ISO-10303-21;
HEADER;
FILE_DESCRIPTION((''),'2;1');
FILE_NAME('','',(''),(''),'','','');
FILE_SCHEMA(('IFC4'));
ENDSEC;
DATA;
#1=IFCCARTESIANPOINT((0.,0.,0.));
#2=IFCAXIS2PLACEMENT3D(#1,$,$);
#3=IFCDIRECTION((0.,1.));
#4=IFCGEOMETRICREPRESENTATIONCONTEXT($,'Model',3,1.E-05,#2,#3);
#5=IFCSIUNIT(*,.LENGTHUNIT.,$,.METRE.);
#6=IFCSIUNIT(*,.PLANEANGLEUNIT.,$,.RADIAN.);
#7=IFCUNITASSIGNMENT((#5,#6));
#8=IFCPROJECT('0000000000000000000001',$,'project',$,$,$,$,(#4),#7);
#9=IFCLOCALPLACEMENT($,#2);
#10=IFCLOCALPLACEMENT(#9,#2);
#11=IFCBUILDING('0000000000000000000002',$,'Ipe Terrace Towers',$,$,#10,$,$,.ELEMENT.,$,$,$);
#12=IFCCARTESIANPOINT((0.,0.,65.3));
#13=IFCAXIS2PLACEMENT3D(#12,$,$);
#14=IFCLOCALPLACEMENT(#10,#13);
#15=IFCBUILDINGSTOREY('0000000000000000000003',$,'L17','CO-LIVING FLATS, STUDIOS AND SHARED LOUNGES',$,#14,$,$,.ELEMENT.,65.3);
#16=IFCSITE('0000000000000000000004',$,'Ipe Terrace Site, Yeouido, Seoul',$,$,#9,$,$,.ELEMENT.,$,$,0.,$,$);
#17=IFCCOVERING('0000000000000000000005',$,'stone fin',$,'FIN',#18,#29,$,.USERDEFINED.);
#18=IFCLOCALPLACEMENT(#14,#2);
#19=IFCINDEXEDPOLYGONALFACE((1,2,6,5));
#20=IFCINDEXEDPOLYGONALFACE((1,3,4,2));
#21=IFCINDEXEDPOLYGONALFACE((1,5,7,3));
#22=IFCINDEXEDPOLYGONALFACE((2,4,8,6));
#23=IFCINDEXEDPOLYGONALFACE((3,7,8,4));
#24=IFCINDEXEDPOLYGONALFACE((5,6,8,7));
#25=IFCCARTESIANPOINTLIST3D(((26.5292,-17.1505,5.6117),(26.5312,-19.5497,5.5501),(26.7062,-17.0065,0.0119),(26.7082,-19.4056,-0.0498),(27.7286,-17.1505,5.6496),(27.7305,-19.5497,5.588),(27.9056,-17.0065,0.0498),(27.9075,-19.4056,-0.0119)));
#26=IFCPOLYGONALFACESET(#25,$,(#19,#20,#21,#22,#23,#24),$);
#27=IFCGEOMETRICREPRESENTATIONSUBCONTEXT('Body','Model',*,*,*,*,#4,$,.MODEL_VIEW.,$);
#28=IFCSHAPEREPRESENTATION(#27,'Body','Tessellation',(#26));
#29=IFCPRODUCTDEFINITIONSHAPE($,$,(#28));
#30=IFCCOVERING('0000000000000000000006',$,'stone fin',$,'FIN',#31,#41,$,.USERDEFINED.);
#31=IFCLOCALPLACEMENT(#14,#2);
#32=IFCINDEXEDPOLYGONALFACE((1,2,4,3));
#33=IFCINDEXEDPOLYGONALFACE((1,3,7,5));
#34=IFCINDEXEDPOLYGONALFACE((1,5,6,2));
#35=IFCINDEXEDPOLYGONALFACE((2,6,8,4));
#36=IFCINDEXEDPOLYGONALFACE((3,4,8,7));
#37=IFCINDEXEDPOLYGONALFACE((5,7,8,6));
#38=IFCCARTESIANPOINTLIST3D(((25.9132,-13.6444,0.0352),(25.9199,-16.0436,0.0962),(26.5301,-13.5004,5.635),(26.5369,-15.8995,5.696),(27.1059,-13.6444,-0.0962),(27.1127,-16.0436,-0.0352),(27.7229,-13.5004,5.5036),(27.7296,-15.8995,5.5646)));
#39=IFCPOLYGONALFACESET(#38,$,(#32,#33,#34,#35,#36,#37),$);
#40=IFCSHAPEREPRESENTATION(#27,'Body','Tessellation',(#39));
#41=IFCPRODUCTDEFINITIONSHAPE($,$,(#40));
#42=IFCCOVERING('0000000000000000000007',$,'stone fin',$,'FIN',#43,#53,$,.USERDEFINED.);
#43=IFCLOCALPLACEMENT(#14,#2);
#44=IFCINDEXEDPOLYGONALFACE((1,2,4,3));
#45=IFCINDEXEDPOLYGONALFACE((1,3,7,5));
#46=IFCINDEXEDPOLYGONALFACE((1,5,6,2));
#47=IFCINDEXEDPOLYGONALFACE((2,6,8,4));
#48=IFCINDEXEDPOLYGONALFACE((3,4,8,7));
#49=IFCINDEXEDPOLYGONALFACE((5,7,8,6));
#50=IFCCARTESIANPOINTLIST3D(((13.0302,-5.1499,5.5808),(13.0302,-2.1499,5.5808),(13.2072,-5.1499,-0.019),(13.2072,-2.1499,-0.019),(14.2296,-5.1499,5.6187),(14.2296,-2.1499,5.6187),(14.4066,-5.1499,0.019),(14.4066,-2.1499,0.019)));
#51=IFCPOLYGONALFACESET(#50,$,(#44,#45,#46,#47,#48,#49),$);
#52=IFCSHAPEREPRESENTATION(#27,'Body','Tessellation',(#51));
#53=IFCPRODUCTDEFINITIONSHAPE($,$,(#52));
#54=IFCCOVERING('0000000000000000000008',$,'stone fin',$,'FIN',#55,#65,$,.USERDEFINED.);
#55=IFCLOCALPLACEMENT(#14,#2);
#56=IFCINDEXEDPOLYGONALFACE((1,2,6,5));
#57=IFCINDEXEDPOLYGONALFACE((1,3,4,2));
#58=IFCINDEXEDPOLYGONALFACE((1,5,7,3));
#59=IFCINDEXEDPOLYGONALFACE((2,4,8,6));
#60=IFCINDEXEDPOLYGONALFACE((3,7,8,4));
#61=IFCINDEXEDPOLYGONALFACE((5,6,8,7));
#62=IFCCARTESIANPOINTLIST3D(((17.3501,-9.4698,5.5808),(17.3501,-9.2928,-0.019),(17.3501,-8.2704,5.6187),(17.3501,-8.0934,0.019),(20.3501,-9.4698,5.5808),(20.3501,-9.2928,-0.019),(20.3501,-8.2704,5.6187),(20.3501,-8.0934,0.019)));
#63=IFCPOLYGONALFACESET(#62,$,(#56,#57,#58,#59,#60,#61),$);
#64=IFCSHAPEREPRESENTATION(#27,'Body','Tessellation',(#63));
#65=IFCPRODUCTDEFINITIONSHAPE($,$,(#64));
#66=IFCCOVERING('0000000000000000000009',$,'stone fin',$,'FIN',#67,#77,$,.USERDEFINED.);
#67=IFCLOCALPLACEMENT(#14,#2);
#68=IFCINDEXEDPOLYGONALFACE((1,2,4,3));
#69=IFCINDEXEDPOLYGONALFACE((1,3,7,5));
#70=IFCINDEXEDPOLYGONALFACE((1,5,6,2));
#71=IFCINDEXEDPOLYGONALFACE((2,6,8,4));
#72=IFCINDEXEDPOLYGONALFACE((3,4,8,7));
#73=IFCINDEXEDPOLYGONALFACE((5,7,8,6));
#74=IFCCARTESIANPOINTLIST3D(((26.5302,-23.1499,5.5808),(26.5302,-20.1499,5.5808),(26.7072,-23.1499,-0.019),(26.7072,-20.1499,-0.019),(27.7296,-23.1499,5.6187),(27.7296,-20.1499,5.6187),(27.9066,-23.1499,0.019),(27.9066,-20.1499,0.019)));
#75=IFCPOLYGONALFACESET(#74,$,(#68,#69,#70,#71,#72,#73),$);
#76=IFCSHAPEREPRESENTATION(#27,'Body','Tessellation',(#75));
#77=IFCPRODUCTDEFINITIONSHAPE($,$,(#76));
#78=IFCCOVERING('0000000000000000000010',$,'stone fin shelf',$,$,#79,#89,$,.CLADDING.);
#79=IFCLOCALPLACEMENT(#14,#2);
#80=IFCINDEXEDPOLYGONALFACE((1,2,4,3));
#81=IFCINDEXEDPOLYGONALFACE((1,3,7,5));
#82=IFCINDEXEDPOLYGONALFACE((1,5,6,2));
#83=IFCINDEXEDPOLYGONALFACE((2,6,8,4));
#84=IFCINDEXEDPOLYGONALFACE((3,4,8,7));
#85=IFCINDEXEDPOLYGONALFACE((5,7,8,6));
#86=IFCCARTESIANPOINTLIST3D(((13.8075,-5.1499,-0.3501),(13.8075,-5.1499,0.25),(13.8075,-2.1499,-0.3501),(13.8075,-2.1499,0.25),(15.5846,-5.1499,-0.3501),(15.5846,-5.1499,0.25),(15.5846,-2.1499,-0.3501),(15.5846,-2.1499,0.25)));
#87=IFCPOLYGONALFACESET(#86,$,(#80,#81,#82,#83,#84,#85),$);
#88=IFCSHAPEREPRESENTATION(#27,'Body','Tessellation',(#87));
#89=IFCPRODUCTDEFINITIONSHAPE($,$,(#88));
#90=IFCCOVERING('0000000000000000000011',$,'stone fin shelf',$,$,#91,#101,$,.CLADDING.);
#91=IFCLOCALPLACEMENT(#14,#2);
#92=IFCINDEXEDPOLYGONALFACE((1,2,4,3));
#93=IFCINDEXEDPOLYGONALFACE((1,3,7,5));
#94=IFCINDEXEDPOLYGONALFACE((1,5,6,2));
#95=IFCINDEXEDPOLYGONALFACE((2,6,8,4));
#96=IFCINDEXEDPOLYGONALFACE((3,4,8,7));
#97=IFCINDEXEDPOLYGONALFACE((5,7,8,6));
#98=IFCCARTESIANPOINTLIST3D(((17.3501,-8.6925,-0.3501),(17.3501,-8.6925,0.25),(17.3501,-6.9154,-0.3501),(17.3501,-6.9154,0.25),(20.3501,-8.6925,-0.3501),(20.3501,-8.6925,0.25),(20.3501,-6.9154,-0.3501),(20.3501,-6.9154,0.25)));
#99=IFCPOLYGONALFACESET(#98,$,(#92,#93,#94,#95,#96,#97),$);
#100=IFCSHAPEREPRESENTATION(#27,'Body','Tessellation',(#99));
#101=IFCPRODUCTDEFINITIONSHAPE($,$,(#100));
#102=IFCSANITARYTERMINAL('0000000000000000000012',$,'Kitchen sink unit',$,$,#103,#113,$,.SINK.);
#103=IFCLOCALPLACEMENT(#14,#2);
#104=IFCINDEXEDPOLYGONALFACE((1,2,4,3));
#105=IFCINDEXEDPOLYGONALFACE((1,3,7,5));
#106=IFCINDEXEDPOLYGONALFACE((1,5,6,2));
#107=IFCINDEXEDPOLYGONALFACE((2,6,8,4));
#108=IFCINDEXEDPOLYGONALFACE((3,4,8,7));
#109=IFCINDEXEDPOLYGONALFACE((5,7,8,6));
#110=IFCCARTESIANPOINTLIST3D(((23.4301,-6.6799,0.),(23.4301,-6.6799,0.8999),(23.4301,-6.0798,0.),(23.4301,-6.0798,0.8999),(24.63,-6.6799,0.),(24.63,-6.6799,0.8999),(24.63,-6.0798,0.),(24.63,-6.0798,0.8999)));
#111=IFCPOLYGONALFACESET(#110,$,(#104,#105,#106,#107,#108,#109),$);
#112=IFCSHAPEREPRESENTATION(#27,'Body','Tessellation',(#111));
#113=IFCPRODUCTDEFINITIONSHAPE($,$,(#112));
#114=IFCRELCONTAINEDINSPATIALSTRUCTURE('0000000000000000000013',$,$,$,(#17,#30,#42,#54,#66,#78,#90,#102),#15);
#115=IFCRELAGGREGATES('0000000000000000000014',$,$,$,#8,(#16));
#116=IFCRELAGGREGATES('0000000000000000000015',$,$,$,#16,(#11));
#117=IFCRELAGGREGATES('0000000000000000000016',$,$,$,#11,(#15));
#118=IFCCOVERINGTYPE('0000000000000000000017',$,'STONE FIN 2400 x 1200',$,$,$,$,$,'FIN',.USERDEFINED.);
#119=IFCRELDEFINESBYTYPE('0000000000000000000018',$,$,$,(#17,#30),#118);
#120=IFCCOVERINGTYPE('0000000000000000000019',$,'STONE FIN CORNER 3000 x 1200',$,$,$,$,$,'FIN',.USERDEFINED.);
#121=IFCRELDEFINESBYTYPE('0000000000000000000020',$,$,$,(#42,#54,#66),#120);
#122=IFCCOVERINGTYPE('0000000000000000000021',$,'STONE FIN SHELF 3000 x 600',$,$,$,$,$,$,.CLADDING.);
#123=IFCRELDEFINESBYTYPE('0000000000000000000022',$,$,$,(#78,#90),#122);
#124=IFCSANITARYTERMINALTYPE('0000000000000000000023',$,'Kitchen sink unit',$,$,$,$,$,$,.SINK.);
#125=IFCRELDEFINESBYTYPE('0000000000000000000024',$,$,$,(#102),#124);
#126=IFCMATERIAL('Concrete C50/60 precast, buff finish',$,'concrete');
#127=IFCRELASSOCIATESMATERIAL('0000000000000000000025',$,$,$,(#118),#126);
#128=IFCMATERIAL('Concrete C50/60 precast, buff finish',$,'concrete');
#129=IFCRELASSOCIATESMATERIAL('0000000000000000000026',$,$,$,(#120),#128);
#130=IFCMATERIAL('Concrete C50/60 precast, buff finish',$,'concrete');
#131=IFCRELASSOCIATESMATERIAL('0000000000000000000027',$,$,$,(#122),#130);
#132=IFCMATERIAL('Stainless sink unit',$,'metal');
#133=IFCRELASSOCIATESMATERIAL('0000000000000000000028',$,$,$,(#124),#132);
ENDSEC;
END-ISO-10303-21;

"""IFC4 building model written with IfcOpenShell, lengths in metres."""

from ifc_helpers import new_model, si_unit, direction, frame, origin, origin_2d, place, context, subcontext, project, spatial, rectangle, extrude, material, material_profile, profile_set, type_object, element, save


model = new_model("IFC4")

# Units and contexts
model_context = context("Model", 3, precision=1e-05, world=origin(), true_north=direction((0.0, 1.0)))
body_context = subcontext(model_context, "Body", "Model", "MODEL_VIEW")
ifc_project = project(units=[si_unit("LENGTHUNIT", "METRE"), si_unit("PLANEANGLEUNIT", "RADIAN")], contexts=[model_context])

# Site, building, storey
site_placement = place(None, origin())
site = spatial("IfcSite", under=ifc_project, at=site_placement, Name="Ipe Terrace Site, Yeouido, Seoul", CompositionType="ELEMENT", RefElevation=0.0)
building_placement = place(site_placement, origin())
building = spatial("IfcBuilding", under=site, at=building_placement, Name="Ipe Terrace Towers", CompositionType="ELEMENT")
storey_placement = place(building_placement, frame((0.0, 0.0, 65.3)))
storey = spatial("IfcBuildingStorey", under=building, at=storey_placement, Name="L17", Description="CO-LIVING FLATS, STUDIOS AND SHARED LOUNGES", CompositionType="ELEMENT", Elevation=65.3)

# Coverings
ifc_material_1 = material(Name="Concrete C50/60 precast, buff finish", Category="concrete")
ifc_material_profile_1 = material_profile(ifc_material_1, rectangle(XDim=2.3999, YDim=1.2, at=origin_2d()), Name="STONE FIN 2400 x 1200")
ifc_profile_set_1 = profile_set([ifc_material_profile_1], Name="Concrete C50/60 precast, buff finish")
covering_type_1 = type_object("IfcCoveringType", Name="STONE FIN 2400 x 1200", ElementType="FIN", PredefinedType="USERDEFINED", material=ifc_profile_set_1)
covering_1_placement = place(storey_placement, frame((27.3069, -18.2061, 0.0), z_axis=(-0.031582, -0.025701, 0.999171), x_axis=(0.000812, -0.99967, -0.025688)))
element("IfcCovering", 1, at=covering_1_placement, inside=storey, type_object=covering_type_1, Name="stone fin", ObjectType="FIN", PredefinedType="USERDEFINED", context=body_context, shape_type="SweptSolid", body=[
    extrude(rectangle(XDim=2.3999, YDim=1.2, at=origin_2d()), origin(), (0.0, 0.0, 1.0), 5.6045),
])
covering_2_placement = place(storey_placement, frame((26.5129, -14.844, 0.0), z_axis=(0.109473, 0.02556, 0.993661), x_axis=(0.002799, -0.999673, 0.025406)))
element("IfcCovering", 2, at=covering_2_placement, inside=storey, type_object=covering_type_1, Name="stone fin", ObjectType="FIN", PredefinedType="USERDEFINED", context=body_context, shape_type="SweptSolid", body=[
    extrude(rectangle(XDim=2.3999, YDim=1.2, at=origin_2d()), origin(), (0.0, 0.0, 1.0), 5.6355),
])
ifc_material_2 = material(Name="Concrete C50/60 precast, buff finish", Category="concrete")
ifc_material_profile_2 = material_profile(ifc_material_2, rectangle(XDim=3.0, YDim=1.2, at=origin_2d()), Name="STONE FIN CORNER 3000 x 1200")
ifc_profile_set_2 = profile_set([ifc_material_profile_2], Name="Concrete C50/60 precast, buff finish")
covering_type_2 = type_object("IfcCoveringType", Name="STONE FIN CORNER 3000 x 1200", ElementType="FIN", PredefinedType="USERDEFINED", material=ifc_profile_set_2)
for number, where, z_axis, x_axis, name in (
    (3, (13.8069, -3.6499, 0.0), (-0.031593, 0.0, 0.999501), (0.0, -1.0, 0.0), "stone fin"),
    (4, (18.8501, -8.6931, 0.0), (0.0, -0.031593, 0.999501), (1.0, 0.0, 0.0), "stone fin"),
    (5, (27.3069, -21.6499, 0.0), (-0.031593, 0.0, 0.999501), (0.0, -1.0, 0.0), "stone fin"),
):
    element("IfcCovering", number, at=place(storey_placement, frame(where, z_axis=z_axis, x_axis=x_axis)), inside=storey, type_object=covering_type_2, Name=name, ObjectType="FIN", PredefinedType="USERDEFINED", context=body_context, shape_type="SweptSolid", body=[
        extrude(rectangle(XDim=3.0, YDim=1.2, at=origin_2d()), origin(), (0.0, 0.0, 1.0), 5.6025),
    ])
ifc_material_3 = material(Name="Concrete C50/60 precast, buff finish", Category="concrete")
covering_type_3 = type_object("IfcCoveringType", Name="STONE FIN SHELF 3000 x 600", PredefinedType="CLADDING", material=ifc_material_3)
for number, where, z_axis, x_axis, name in (
    (6, (14.696, -3.6499, -0.3501), (0.0, 0.0, 1.0), (0.0, -1.0, 0.0), "stone fin shelf"),
    (7, (18.8501, -7.804, -0.3501), (0.0, 0.0, 1.0), (1.0, 0.0, 0.0), "stone fin shelf"),
):
    element("IfcCovering", number, at=place(storey_placement, frame(where, z_axis=z_axis, x_axis=x_axis)), inside=storey, type_object=covering_type_3, Name=name, PredefinedType="CLADDING", context=body_context, shape_type="SweptSolid", body=[
        extrude(rectangle(XDim=3.0, YDim=1.7771, at=origin_2d()), origin(), (0.0, 0.0, 1.0), 0.6001),
    ])

# Sanitary terminal
ifc_material_4 = material(Name="Stainless sink unit", Category="metal")
sanitary_terminal_type = type_object("IfcSanitaryTerminalType", Name="Kitchen sink unit", PredefinedType="SINK", material=ifc_material_4)
sanitary_terminal_placement = place(storey_placement, frame((24.03, -6.3799, 0.0), z_axis=(0.0, 0.0, 1.0), x_axis=(-1.0, 0.0, 0.0)))
element("IfcSanitaryTerminal", 8, at=sanitary_terminal_placement, inside=storey, type_object=sanitary_terminal_type, Name="Kitchen sink unit", PredefinedType="SINK", context=body_context, shape_type="SweptSolid", body=[
    extrude(rectangle(XDim=1.2, YDim=0.6001, at=origin_2d()), origin(), (0.0, 0.0, 1.0), 0.8999),
])

save(model, "model.ifc")
